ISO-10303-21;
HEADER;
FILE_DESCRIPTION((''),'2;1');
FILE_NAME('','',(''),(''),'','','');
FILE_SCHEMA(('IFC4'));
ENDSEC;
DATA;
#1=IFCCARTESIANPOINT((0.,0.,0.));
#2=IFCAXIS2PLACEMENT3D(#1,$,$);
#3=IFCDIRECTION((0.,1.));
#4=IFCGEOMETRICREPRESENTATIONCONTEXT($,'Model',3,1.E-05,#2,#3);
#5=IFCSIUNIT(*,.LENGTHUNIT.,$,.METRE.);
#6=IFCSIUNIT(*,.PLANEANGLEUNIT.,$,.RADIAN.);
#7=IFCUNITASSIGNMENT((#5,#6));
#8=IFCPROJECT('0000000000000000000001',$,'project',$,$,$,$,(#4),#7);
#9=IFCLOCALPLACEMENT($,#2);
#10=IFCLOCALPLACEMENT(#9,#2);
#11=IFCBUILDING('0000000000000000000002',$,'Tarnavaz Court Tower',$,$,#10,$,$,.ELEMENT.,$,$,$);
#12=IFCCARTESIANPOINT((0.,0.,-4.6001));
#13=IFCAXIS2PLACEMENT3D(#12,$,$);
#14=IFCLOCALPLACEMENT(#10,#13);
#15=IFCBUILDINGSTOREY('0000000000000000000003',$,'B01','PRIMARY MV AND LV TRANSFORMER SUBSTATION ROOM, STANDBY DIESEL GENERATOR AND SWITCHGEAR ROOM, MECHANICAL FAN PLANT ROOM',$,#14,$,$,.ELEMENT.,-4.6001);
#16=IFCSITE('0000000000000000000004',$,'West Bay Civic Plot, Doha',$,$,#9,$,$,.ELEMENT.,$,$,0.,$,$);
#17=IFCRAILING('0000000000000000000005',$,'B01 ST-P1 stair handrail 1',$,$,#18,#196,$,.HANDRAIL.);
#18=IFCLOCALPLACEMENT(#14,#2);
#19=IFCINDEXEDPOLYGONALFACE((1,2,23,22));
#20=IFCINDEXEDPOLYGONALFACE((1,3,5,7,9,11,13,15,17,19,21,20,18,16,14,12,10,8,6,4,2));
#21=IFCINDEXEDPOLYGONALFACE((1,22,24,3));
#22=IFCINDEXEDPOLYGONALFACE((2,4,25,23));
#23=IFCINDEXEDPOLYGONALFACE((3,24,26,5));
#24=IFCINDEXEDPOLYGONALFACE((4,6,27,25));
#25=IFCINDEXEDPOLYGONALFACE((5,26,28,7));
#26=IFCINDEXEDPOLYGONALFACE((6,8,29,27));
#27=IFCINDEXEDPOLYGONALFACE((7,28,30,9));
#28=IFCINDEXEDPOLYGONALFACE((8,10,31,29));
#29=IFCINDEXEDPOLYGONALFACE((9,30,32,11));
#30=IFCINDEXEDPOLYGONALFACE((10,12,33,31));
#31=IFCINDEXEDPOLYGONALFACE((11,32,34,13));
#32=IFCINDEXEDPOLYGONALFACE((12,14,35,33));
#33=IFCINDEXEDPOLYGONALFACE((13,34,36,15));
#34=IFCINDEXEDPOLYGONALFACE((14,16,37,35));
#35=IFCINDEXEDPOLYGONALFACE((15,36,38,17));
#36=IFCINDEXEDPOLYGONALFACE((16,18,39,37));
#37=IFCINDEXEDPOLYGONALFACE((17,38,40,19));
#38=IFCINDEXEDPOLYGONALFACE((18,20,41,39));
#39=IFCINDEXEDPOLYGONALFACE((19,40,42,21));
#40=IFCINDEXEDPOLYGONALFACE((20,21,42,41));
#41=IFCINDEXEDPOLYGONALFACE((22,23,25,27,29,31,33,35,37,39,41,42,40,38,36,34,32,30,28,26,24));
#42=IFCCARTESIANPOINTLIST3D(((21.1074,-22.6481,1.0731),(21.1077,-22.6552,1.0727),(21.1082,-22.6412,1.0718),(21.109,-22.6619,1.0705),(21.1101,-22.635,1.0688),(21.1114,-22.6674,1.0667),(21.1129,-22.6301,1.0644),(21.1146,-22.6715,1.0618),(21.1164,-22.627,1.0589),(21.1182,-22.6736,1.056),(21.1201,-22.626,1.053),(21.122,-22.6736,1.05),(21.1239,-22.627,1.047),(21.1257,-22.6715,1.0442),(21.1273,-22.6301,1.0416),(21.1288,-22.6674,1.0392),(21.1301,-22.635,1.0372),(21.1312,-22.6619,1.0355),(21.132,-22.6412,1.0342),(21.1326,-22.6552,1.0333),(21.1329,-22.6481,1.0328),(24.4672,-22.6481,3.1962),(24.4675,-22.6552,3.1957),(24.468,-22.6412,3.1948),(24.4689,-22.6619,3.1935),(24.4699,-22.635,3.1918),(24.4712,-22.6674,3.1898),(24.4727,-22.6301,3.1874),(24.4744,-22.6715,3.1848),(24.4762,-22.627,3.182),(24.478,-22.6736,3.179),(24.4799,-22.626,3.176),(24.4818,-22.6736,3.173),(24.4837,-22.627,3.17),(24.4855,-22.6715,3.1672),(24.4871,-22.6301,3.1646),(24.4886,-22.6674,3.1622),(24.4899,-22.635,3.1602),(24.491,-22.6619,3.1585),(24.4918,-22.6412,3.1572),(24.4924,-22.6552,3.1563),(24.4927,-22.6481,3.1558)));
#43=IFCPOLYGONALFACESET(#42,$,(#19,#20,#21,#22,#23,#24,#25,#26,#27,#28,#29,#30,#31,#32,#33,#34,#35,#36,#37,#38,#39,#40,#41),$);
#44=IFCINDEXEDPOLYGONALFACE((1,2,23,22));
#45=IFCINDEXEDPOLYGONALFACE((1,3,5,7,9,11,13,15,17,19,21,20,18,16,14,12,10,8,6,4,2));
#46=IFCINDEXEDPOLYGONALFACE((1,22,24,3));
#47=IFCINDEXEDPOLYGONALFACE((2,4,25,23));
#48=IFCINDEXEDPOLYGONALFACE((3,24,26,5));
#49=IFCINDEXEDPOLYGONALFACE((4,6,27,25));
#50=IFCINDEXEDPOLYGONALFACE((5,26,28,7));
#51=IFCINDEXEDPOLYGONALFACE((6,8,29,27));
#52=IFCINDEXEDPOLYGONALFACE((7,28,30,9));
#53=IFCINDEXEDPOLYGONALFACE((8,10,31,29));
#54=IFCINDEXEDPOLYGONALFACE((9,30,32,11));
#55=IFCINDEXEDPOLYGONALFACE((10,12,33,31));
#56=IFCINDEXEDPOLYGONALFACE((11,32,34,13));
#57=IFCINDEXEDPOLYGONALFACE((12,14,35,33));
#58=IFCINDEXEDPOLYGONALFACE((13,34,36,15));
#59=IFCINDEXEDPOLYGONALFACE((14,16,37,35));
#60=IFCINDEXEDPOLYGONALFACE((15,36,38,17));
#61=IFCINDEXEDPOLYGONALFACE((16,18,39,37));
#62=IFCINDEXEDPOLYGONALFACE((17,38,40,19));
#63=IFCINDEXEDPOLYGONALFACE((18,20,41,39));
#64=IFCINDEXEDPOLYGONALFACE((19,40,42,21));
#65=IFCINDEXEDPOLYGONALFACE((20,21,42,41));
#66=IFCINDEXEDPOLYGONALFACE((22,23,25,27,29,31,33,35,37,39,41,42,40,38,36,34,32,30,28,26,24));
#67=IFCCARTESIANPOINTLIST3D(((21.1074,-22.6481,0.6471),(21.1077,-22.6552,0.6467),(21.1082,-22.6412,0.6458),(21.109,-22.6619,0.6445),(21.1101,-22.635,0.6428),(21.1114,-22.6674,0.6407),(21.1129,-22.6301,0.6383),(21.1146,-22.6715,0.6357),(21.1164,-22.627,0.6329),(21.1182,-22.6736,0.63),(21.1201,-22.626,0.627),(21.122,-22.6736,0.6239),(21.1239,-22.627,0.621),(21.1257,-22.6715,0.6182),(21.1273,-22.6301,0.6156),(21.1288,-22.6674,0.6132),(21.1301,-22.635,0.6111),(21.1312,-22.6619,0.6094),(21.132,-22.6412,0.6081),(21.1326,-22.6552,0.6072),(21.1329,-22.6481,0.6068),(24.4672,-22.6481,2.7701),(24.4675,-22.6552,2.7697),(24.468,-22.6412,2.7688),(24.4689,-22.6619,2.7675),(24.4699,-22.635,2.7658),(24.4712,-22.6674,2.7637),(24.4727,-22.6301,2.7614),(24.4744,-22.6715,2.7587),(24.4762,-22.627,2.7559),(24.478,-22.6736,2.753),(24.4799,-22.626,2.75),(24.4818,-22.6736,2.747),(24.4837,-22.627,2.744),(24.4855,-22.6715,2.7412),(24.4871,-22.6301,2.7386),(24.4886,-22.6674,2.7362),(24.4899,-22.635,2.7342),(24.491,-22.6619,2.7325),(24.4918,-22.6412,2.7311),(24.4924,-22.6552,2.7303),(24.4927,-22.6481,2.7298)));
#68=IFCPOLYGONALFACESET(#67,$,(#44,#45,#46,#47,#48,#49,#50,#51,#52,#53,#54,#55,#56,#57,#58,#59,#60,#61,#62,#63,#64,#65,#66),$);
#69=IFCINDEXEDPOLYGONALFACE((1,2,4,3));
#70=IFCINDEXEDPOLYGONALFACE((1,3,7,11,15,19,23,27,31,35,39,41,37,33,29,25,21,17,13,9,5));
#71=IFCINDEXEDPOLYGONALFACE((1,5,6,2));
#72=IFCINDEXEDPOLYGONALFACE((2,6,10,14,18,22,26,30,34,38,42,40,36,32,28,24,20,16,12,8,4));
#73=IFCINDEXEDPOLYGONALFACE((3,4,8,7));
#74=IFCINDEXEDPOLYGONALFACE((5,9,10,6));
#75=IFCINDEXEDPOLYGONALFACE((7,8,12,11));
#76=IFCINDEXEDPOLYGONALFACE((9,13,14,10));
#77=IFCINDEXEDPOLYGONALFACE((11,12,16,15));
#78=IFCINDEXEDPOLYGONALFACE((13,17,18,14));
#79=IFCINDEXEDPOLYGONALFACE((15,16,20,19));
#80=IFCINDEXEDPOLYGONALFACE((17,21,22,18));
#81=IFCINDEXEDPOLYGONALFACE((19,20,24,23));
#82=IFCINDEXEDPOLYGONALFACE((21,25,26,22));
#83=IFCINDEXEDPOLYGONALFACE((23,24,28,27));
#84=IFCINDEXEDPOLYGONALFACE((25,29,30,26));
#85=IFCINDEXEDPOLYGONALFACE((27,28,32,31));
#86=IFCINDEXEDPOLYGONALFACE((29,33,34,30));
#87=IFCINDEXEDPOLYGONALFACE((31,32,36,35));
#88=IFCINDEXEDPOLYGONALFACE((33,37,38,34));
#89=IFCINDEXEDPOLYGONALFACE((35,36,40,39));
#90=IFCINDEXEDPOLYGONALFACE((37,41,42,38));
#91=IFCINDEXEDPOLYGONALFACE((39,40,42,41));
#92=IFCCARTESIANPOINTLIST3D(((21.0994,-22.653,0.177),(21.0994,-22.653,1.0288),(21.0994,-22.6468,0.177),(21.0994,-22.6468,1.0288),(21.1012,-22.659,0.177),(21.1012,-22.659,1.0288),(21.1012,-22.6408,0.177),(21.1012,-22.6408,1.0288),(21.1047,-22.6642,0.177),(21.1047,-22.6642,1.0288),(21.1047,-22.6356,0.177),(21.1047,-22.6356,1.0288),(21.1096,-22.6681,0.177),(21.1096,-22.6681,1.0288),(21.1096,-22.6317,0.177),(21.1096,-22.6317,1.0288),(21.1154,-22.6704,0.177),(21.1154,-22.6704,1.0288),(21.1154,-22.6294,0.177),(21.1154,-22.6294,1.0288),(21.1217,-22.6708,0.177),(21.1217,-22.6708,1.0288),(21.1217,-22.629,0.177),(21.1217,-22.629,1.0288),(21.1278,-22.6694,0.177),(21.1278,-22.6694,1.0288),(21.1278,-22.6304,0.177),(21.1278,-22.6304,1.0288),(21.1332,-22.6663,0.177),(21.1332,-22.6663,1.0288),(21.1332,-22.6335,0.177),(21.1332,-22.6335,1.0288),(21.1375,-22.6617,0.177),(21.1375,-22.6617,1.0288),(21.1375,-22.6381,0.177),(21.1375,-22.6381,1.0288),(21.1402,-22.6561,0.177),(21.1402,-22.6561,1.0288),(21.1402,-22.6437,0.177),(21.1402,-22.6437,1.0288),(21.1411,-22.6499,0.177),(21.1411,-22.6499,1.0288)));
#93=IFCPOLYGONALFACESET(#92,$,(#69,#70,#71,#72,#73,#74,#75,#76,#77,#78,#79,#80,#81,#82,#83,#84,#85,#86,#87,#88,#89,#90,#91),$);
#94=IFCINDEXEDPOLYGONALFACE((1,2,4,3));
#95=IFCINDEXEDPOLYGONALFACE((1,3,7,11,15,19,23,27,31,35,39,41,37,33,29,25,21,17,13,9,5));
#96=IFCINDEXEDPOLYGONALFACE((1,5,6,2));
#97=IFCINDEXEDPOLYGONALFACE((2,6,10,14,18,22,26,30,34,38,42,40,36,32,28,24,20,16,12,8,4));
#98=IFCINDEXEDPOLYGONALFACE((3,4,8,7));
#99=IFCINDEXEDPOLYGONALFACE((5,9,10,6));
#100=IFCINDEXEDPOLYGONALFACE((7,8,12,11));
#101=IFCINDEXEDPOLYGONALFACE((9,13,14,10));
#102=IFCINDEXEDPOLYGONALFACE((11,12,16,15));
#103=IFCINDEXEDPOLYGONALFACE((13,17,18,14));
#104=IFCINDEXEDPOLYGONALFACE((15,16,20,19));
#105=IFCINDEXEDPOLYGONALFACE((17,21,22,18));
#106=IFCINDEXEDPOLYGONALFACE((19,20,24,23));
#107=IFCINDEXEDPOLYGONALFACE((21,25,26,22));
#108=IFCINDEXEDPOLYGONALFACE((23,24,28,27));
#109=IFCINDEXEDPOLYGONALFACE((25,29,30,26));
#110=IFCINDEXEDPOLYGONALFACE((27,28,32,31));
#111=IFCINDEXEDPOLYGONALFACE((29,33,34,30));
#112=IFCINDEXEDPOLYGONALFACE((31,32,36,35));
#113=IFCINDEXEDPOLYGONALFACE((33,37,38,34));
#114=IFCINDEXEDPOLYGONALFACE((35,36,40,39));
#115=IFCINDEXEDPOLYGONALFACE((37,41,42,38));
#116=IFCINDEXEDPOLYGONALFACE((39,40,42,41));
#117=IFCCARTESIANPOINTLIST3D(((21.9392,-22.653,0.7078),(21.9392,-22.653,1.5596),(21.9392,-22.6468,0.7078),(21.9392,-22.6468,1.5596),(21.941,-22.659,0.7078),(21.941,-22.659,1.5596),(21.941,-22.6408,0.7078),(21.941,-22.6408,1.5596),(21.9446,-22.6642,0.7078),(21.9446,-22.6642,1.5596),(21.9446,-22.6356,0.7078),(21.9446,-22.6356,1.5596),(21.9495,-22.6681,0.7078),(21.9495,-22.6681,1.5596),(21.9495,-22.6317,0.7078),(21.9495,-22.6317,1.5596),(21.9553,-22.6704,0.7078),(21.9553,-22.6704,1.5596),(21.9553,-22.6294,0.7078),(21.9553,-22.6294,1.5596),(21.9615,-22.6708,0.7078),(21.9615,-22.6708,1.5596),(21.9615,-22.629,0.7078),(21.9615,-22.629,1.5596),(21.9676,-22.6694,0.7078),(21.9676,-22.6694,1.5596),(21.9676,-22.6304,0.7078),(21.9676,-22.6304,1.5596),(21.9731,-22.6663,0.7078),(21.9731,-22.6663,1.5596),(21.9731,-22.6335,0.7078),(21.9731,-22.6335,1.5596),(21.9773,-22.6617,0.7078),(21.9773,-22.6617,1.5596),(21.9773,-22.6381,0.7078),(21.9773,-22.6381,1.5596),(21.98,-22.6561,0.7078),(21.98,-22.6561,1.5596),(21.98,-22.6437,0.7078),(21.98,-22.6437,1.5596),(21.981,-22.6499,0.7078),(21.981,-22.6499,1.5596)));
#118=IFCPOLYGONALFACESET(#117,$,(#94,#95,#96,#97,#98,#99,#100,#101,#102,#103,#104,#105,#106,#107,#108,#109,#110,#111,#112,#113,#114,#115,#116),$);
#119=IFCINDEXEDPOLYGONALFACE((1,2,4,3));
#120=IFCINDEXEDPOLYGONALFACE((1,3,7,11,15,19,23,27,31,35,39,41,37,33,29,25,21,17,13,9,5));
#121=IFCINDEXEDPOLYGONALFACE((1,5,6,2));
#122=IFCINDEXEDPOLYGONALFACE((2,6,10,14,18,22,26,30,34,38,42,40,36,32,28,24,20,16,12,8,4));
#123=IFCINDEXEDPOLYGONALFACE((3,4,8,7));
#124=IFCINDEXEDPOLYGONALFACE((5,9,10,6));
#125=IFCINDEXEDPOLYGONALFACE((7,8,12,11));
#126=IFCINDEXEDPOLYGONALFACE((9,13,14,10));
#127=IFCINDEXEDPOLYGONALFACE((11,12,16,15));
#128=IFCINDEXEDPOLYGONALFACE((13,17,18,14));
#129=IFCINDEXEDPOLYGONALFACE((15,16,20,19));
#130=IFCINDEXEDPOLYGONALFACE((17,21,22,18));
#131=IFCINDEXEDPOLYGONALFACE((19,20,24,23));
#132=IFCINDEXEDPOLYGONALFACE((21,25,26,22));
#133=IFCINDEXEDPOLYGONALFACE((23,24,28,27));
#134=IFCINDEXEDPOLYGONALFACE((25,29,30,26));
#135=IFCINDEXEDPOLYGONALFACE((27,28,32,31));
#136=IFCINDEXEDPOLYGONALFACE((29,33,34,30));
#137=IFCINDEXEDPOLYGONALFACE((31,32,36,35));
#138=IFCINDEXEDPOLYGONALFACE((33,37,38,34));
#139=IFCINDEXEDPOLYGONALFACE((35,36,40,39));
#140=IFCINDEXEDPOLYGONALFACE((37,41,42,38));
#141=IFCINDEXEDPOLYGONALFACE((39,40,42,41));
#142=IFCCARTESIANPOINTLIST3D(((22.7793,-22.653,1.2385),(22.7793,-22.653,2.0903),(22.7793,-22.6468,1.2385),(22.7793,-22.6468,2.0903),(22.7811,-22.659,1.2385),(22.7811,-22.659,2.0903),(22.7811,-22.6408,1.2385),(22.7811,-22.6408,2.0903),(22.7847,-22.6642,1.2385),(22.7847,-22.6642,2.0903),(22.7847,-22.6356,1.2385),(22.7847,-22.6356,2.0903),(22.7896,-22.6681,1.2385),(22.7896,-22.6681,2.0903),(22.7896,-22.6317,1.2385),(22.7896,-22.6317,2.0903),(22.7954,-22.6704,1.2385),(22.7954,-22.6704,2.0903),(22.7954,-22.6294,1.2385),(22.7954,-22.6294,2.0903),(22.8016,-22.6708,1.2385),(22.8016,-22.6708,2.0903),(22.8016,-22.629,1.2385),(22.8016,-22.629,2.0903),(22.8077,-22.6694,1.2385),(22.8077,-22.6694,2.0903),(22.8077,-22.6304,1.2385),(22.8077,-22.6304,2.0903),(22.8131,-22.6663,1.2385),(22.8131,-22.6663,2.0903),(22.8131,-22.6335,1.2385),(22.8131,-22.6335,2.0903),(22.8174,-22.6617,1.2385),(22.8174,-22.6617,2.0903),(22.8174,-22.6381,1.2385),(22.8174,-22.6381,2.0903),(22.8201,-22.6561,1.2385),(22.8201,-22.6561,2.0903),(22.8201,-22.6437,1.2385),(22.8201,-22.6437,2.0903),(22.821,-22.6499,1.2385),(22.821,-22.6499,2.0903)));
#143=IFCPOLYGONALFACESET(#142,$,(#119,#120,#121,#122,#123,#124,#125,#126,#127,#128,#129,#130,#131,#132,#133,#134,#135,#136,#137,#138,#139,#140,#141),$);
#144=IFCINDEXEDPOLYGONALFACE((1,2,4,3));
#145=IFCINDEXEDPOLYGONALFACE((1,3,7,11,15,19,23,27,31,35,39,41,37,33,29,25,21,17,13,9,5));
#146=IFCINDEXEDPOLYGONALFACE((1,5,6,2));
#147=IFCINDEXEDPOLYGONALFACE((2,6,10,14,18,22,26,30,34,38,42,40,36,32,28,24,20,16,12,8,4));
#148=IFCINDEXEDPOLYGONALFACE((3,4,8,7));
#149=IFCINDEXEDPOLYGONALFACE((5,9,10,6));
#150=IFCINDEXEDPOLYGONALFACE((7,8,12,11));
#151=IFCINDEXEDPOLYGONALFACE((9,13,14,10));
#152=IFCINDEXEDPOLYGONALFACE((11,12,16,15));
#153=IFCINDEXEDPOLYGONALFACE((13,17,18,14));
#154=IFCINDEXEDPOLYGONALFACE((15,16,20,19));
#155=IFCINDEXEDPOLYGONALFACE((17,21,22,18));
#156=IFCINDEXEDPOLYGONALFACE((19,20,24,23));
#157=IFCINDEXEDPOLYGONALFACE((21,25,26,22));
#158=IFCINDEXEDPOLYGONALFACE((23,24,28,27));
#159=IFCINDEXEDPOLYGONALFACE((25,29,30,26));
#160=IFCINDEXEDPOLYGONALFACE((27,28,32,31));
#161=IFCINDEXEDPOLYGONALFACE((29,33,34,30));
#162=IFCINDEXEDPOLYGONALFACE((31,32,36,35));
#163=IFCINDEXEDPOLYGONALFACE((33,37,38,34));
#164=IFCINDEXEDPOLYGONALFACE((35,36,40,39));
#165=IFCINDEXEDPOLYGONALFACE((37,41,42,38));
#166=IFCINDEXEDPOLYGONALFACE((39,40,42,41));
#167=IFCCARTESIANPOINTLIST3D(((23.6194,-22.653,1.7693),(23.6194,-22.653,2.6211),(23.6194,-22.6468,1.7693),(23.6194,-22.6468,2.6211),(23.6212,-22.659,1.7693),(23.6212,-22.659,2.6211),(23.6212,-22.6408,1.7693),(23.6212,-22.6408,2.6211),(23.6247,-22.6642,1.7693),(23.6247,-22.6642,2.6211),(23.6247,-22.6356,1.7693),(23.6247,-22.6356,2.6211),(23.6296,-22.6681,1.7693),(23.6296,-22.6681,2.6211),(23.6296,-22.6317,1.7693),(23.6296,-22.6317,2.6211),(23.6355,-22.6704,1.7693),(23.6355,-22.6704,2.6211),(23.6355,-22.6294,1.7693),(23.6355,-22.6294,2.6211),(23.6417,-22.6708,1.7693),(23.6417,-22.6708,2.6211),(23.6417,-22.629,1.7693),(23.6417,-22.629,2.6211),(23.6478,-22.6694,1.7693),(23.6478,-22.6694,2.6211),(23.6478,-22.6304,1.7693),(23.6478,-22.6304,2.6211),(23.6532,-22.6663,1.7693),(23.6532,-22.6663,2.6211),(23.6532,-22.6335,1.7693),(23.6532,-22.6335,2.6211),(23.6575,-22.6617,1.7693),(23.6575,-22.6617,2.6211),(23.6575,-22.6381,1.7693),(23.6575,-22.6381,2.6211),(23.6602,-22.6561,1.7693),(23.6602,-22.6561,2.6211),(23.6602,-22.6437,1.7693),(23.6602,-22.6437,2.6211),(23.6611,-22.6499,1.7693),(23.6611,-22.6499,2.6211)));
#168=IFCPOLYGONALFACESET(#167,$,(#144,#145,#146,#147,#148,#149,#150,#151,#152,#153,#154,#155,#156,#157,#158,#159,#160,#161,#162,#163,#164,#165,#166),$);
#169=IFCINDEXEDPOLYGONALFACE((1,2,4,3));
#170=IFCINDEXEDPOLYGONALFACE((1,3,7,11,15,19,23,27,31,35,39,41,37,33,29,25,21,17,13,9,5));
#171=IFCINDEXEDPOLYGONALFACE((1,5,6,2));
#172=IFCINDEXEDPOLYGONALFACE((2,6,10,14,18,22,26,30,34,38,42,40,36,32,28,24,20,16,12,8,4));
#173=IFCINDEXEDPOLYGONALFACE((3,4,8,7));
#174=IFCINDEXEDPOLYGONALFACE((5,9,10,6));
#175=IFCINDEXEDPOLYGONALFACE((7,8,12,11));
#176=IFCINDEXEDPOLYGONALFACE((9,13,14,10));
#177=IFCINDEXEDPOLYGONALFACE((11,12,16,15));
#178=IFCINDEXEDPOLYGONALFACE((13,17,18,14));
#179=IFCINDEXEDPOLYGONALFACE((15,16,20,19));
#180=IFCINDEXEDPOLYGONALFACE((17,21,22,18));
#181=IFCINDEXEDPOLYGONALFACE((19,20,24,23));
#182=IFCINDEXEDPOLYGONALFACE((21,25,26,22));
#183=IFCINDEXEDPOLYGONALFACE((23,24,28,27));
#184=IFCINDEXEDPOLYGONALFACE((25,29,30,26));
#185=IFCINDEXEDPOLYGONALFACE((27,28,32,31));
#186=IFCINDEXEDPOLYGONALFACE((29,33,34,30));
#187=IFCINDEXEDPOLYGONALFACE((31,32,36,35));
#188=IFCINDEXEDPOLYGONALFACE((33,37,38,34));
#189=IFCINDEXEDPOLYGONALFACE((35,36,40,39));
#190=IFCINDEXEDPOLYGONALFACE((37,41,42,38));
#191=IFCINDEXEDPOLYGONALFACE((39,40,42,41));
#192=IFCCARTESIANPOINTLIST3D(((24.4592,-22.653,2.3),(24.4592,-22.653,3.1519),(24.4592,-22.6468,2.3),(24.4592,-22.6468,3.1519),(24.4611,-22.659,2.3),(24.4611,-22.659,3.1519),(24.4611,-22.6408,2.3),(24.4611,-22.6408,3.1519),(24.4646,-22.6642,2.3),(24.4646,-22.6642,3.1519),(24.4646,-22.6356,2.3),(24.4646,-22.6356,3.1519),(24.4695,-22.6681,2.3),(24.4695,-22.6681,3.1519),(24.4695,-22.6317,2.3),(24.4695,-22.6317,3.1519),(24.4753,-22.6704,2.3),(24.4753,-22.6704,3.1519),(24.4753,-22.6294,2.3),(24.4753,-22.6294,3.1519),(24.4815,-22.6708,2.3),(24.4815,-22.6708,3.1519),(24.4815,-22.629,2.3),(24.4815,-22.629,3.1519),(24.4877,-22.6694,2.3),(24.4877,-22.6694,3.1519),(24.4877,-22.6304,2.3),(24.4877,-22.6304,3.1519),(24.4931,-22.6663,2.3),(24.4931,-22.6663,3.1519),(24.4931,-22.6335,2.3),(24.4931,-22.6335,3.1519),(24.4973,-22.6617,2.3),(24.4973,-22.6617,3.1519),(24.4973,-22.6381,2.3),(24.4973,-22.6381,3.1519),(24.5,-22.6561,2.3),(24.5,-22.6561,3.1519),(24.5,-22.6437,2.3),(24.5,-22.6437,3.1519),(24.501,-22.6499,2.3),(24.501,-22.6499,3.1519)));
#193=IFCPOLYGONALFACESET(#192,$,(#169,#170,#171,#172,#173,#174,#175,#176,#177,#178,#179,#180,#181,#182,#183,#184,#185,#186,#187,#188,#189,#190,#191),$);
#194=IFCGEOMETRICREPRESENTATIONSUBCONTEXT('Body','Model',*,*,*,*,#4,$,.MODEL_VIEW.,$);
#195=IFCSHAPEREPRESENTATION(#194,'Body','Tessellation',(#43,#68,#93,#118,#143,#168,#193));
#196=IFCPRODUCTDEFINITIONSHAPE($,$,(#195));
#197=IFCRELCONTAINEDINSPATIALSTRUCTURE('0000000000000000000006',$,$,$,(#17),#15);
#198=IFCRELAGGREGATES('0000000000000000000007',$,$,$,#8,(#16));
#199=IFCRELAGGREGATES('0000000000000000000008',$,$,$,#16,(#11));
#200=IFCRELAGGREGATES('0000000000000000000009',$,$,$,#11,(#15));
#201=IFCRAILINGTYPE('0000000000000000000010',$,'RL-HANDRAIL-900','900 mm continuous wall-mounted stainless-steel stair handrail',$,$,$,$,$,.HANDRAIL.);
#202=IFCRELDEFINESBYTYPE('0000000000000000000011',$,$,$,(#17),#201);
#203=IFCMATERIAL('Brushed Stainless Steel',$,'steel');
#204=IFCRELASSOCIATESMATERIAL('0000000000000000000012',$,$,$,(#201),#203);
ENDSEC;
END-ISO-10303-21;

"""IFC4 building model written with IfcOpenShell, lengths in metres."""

from ifc_helpers import new_model, si_unit, direction, frame, origin, origin_2d, place, context, subcontext, project, spatial, circle, extrude, material, type_object, element, save


model = new_model("IFC4")

# Units and contexts
model_context = context("Model", 3, precision=1e-05, world=origin(), true_north=direction((0.0, 1.0)))
body_context = subcontext(model_context, "Body", "Model", "MODEL_VIEW")
ifc_project = project(units=[si_unit("LENGTHUNIT", "METRE"), si_unit("PLANEANGLEUNIT", "RADIAN")], contexts=[model_context])

# Site, building, storey
site_placement = place(None, origin())
site = spatial("IfcSite", under=ifc_project, at=site_placement, Name="West Bay Civic Plot, Doha", CompositionType="ELEMENT", RefElevation=0.0)
building_placement = place(site_placement, origin())
building = spatial("IfcBuilding", under=site, at=building_placement, Name="Tarnavaz Court Tower", CompositionType="ELEMENT")
storey_placement = place(building_placement, frame((0.0, 0.0, -4.6001)))
storey = spatial("IfcBuildingStorey", under=building, at=storey_placement, Name="B01", Description="PRIMARY MV AND LV TRANSFORMER SUBSTATION ROOM, STANDBY DIESEL GENERATOR AND SWITCHGEAR ROOM, MECHANICAL FAN PLANT ROOM", CompositionType="ELEMENT", Elevation=-4.6001)

# Railing
ifc_material_1 = material(Name="Brushed Stainless Steel", Category="steel")
railing_type_1 = type_object("IfcRailingType", Name="RL-HANDRAIL-900", Description="900 mm continuous wall-mounted stainless-steel stair handrail", PredefinedType="HANDRAIL", material=ifc_material_1)
railing_1_placement = place(storey_placement, frame((21.1201, -22.6499, 0.177)))
element("IfcRailing", 1, at=railing_1_placement, inside=storey, type_object=railing_type_1, Name="B01 ST-P1 stair handrail 1", PredefinedType="HANDRAIL", context=body_context, shape_type="SweptSolid", body=[
    extrude(circle(Radius=0.0239, at=origin_2d()), frame((0.0, 0.0, 0.876), z_axis=(0.845372, 0.0, 0.534178), x_axis=(0.0, 1.0, 0.0)), (0.0, 0.0, 1.0), 3.9744),
    extrude(circle(Radius=0.0239, at=origin_2d()), frame((0.0, 0.0, 0.45), z_axis=(0.845372, 0.0, 0.534178), x_axis=(0.0, 1.0, 0.0)), (0.0, 0.0, 1.0), 3.9744),
    extrude(circle(Radius=0.021, at=origin_2d()), origin(), (0.0, 0.0, 1.0), 0.8518),
    extrude(circle(Radius=0.021, at=origin_2d()), frame((0.8398, 0.0, 0.5308)), (0.0, 0.0, 1.0), 0.8518),
    extrude(circle(Radius=0.021, at=origin_2d()), frame((1.6799, 0.0, 1.0615)), (0.0, 0.0, 1.0), 0.8518),
    extrude(circle(Radius=0.021, at=origin_2d()), frame((2.52, 0.0, 1.5923)), (0.0, 0.0, 1.0), 0.8518),
    extrude(circle(Radius=0.021, at=origin_2d()), frame((3.3599, 0.0, 2.123)), (0.0, 0.0, 1.0), 0.8518),
])

save(model, "model.ifc")
